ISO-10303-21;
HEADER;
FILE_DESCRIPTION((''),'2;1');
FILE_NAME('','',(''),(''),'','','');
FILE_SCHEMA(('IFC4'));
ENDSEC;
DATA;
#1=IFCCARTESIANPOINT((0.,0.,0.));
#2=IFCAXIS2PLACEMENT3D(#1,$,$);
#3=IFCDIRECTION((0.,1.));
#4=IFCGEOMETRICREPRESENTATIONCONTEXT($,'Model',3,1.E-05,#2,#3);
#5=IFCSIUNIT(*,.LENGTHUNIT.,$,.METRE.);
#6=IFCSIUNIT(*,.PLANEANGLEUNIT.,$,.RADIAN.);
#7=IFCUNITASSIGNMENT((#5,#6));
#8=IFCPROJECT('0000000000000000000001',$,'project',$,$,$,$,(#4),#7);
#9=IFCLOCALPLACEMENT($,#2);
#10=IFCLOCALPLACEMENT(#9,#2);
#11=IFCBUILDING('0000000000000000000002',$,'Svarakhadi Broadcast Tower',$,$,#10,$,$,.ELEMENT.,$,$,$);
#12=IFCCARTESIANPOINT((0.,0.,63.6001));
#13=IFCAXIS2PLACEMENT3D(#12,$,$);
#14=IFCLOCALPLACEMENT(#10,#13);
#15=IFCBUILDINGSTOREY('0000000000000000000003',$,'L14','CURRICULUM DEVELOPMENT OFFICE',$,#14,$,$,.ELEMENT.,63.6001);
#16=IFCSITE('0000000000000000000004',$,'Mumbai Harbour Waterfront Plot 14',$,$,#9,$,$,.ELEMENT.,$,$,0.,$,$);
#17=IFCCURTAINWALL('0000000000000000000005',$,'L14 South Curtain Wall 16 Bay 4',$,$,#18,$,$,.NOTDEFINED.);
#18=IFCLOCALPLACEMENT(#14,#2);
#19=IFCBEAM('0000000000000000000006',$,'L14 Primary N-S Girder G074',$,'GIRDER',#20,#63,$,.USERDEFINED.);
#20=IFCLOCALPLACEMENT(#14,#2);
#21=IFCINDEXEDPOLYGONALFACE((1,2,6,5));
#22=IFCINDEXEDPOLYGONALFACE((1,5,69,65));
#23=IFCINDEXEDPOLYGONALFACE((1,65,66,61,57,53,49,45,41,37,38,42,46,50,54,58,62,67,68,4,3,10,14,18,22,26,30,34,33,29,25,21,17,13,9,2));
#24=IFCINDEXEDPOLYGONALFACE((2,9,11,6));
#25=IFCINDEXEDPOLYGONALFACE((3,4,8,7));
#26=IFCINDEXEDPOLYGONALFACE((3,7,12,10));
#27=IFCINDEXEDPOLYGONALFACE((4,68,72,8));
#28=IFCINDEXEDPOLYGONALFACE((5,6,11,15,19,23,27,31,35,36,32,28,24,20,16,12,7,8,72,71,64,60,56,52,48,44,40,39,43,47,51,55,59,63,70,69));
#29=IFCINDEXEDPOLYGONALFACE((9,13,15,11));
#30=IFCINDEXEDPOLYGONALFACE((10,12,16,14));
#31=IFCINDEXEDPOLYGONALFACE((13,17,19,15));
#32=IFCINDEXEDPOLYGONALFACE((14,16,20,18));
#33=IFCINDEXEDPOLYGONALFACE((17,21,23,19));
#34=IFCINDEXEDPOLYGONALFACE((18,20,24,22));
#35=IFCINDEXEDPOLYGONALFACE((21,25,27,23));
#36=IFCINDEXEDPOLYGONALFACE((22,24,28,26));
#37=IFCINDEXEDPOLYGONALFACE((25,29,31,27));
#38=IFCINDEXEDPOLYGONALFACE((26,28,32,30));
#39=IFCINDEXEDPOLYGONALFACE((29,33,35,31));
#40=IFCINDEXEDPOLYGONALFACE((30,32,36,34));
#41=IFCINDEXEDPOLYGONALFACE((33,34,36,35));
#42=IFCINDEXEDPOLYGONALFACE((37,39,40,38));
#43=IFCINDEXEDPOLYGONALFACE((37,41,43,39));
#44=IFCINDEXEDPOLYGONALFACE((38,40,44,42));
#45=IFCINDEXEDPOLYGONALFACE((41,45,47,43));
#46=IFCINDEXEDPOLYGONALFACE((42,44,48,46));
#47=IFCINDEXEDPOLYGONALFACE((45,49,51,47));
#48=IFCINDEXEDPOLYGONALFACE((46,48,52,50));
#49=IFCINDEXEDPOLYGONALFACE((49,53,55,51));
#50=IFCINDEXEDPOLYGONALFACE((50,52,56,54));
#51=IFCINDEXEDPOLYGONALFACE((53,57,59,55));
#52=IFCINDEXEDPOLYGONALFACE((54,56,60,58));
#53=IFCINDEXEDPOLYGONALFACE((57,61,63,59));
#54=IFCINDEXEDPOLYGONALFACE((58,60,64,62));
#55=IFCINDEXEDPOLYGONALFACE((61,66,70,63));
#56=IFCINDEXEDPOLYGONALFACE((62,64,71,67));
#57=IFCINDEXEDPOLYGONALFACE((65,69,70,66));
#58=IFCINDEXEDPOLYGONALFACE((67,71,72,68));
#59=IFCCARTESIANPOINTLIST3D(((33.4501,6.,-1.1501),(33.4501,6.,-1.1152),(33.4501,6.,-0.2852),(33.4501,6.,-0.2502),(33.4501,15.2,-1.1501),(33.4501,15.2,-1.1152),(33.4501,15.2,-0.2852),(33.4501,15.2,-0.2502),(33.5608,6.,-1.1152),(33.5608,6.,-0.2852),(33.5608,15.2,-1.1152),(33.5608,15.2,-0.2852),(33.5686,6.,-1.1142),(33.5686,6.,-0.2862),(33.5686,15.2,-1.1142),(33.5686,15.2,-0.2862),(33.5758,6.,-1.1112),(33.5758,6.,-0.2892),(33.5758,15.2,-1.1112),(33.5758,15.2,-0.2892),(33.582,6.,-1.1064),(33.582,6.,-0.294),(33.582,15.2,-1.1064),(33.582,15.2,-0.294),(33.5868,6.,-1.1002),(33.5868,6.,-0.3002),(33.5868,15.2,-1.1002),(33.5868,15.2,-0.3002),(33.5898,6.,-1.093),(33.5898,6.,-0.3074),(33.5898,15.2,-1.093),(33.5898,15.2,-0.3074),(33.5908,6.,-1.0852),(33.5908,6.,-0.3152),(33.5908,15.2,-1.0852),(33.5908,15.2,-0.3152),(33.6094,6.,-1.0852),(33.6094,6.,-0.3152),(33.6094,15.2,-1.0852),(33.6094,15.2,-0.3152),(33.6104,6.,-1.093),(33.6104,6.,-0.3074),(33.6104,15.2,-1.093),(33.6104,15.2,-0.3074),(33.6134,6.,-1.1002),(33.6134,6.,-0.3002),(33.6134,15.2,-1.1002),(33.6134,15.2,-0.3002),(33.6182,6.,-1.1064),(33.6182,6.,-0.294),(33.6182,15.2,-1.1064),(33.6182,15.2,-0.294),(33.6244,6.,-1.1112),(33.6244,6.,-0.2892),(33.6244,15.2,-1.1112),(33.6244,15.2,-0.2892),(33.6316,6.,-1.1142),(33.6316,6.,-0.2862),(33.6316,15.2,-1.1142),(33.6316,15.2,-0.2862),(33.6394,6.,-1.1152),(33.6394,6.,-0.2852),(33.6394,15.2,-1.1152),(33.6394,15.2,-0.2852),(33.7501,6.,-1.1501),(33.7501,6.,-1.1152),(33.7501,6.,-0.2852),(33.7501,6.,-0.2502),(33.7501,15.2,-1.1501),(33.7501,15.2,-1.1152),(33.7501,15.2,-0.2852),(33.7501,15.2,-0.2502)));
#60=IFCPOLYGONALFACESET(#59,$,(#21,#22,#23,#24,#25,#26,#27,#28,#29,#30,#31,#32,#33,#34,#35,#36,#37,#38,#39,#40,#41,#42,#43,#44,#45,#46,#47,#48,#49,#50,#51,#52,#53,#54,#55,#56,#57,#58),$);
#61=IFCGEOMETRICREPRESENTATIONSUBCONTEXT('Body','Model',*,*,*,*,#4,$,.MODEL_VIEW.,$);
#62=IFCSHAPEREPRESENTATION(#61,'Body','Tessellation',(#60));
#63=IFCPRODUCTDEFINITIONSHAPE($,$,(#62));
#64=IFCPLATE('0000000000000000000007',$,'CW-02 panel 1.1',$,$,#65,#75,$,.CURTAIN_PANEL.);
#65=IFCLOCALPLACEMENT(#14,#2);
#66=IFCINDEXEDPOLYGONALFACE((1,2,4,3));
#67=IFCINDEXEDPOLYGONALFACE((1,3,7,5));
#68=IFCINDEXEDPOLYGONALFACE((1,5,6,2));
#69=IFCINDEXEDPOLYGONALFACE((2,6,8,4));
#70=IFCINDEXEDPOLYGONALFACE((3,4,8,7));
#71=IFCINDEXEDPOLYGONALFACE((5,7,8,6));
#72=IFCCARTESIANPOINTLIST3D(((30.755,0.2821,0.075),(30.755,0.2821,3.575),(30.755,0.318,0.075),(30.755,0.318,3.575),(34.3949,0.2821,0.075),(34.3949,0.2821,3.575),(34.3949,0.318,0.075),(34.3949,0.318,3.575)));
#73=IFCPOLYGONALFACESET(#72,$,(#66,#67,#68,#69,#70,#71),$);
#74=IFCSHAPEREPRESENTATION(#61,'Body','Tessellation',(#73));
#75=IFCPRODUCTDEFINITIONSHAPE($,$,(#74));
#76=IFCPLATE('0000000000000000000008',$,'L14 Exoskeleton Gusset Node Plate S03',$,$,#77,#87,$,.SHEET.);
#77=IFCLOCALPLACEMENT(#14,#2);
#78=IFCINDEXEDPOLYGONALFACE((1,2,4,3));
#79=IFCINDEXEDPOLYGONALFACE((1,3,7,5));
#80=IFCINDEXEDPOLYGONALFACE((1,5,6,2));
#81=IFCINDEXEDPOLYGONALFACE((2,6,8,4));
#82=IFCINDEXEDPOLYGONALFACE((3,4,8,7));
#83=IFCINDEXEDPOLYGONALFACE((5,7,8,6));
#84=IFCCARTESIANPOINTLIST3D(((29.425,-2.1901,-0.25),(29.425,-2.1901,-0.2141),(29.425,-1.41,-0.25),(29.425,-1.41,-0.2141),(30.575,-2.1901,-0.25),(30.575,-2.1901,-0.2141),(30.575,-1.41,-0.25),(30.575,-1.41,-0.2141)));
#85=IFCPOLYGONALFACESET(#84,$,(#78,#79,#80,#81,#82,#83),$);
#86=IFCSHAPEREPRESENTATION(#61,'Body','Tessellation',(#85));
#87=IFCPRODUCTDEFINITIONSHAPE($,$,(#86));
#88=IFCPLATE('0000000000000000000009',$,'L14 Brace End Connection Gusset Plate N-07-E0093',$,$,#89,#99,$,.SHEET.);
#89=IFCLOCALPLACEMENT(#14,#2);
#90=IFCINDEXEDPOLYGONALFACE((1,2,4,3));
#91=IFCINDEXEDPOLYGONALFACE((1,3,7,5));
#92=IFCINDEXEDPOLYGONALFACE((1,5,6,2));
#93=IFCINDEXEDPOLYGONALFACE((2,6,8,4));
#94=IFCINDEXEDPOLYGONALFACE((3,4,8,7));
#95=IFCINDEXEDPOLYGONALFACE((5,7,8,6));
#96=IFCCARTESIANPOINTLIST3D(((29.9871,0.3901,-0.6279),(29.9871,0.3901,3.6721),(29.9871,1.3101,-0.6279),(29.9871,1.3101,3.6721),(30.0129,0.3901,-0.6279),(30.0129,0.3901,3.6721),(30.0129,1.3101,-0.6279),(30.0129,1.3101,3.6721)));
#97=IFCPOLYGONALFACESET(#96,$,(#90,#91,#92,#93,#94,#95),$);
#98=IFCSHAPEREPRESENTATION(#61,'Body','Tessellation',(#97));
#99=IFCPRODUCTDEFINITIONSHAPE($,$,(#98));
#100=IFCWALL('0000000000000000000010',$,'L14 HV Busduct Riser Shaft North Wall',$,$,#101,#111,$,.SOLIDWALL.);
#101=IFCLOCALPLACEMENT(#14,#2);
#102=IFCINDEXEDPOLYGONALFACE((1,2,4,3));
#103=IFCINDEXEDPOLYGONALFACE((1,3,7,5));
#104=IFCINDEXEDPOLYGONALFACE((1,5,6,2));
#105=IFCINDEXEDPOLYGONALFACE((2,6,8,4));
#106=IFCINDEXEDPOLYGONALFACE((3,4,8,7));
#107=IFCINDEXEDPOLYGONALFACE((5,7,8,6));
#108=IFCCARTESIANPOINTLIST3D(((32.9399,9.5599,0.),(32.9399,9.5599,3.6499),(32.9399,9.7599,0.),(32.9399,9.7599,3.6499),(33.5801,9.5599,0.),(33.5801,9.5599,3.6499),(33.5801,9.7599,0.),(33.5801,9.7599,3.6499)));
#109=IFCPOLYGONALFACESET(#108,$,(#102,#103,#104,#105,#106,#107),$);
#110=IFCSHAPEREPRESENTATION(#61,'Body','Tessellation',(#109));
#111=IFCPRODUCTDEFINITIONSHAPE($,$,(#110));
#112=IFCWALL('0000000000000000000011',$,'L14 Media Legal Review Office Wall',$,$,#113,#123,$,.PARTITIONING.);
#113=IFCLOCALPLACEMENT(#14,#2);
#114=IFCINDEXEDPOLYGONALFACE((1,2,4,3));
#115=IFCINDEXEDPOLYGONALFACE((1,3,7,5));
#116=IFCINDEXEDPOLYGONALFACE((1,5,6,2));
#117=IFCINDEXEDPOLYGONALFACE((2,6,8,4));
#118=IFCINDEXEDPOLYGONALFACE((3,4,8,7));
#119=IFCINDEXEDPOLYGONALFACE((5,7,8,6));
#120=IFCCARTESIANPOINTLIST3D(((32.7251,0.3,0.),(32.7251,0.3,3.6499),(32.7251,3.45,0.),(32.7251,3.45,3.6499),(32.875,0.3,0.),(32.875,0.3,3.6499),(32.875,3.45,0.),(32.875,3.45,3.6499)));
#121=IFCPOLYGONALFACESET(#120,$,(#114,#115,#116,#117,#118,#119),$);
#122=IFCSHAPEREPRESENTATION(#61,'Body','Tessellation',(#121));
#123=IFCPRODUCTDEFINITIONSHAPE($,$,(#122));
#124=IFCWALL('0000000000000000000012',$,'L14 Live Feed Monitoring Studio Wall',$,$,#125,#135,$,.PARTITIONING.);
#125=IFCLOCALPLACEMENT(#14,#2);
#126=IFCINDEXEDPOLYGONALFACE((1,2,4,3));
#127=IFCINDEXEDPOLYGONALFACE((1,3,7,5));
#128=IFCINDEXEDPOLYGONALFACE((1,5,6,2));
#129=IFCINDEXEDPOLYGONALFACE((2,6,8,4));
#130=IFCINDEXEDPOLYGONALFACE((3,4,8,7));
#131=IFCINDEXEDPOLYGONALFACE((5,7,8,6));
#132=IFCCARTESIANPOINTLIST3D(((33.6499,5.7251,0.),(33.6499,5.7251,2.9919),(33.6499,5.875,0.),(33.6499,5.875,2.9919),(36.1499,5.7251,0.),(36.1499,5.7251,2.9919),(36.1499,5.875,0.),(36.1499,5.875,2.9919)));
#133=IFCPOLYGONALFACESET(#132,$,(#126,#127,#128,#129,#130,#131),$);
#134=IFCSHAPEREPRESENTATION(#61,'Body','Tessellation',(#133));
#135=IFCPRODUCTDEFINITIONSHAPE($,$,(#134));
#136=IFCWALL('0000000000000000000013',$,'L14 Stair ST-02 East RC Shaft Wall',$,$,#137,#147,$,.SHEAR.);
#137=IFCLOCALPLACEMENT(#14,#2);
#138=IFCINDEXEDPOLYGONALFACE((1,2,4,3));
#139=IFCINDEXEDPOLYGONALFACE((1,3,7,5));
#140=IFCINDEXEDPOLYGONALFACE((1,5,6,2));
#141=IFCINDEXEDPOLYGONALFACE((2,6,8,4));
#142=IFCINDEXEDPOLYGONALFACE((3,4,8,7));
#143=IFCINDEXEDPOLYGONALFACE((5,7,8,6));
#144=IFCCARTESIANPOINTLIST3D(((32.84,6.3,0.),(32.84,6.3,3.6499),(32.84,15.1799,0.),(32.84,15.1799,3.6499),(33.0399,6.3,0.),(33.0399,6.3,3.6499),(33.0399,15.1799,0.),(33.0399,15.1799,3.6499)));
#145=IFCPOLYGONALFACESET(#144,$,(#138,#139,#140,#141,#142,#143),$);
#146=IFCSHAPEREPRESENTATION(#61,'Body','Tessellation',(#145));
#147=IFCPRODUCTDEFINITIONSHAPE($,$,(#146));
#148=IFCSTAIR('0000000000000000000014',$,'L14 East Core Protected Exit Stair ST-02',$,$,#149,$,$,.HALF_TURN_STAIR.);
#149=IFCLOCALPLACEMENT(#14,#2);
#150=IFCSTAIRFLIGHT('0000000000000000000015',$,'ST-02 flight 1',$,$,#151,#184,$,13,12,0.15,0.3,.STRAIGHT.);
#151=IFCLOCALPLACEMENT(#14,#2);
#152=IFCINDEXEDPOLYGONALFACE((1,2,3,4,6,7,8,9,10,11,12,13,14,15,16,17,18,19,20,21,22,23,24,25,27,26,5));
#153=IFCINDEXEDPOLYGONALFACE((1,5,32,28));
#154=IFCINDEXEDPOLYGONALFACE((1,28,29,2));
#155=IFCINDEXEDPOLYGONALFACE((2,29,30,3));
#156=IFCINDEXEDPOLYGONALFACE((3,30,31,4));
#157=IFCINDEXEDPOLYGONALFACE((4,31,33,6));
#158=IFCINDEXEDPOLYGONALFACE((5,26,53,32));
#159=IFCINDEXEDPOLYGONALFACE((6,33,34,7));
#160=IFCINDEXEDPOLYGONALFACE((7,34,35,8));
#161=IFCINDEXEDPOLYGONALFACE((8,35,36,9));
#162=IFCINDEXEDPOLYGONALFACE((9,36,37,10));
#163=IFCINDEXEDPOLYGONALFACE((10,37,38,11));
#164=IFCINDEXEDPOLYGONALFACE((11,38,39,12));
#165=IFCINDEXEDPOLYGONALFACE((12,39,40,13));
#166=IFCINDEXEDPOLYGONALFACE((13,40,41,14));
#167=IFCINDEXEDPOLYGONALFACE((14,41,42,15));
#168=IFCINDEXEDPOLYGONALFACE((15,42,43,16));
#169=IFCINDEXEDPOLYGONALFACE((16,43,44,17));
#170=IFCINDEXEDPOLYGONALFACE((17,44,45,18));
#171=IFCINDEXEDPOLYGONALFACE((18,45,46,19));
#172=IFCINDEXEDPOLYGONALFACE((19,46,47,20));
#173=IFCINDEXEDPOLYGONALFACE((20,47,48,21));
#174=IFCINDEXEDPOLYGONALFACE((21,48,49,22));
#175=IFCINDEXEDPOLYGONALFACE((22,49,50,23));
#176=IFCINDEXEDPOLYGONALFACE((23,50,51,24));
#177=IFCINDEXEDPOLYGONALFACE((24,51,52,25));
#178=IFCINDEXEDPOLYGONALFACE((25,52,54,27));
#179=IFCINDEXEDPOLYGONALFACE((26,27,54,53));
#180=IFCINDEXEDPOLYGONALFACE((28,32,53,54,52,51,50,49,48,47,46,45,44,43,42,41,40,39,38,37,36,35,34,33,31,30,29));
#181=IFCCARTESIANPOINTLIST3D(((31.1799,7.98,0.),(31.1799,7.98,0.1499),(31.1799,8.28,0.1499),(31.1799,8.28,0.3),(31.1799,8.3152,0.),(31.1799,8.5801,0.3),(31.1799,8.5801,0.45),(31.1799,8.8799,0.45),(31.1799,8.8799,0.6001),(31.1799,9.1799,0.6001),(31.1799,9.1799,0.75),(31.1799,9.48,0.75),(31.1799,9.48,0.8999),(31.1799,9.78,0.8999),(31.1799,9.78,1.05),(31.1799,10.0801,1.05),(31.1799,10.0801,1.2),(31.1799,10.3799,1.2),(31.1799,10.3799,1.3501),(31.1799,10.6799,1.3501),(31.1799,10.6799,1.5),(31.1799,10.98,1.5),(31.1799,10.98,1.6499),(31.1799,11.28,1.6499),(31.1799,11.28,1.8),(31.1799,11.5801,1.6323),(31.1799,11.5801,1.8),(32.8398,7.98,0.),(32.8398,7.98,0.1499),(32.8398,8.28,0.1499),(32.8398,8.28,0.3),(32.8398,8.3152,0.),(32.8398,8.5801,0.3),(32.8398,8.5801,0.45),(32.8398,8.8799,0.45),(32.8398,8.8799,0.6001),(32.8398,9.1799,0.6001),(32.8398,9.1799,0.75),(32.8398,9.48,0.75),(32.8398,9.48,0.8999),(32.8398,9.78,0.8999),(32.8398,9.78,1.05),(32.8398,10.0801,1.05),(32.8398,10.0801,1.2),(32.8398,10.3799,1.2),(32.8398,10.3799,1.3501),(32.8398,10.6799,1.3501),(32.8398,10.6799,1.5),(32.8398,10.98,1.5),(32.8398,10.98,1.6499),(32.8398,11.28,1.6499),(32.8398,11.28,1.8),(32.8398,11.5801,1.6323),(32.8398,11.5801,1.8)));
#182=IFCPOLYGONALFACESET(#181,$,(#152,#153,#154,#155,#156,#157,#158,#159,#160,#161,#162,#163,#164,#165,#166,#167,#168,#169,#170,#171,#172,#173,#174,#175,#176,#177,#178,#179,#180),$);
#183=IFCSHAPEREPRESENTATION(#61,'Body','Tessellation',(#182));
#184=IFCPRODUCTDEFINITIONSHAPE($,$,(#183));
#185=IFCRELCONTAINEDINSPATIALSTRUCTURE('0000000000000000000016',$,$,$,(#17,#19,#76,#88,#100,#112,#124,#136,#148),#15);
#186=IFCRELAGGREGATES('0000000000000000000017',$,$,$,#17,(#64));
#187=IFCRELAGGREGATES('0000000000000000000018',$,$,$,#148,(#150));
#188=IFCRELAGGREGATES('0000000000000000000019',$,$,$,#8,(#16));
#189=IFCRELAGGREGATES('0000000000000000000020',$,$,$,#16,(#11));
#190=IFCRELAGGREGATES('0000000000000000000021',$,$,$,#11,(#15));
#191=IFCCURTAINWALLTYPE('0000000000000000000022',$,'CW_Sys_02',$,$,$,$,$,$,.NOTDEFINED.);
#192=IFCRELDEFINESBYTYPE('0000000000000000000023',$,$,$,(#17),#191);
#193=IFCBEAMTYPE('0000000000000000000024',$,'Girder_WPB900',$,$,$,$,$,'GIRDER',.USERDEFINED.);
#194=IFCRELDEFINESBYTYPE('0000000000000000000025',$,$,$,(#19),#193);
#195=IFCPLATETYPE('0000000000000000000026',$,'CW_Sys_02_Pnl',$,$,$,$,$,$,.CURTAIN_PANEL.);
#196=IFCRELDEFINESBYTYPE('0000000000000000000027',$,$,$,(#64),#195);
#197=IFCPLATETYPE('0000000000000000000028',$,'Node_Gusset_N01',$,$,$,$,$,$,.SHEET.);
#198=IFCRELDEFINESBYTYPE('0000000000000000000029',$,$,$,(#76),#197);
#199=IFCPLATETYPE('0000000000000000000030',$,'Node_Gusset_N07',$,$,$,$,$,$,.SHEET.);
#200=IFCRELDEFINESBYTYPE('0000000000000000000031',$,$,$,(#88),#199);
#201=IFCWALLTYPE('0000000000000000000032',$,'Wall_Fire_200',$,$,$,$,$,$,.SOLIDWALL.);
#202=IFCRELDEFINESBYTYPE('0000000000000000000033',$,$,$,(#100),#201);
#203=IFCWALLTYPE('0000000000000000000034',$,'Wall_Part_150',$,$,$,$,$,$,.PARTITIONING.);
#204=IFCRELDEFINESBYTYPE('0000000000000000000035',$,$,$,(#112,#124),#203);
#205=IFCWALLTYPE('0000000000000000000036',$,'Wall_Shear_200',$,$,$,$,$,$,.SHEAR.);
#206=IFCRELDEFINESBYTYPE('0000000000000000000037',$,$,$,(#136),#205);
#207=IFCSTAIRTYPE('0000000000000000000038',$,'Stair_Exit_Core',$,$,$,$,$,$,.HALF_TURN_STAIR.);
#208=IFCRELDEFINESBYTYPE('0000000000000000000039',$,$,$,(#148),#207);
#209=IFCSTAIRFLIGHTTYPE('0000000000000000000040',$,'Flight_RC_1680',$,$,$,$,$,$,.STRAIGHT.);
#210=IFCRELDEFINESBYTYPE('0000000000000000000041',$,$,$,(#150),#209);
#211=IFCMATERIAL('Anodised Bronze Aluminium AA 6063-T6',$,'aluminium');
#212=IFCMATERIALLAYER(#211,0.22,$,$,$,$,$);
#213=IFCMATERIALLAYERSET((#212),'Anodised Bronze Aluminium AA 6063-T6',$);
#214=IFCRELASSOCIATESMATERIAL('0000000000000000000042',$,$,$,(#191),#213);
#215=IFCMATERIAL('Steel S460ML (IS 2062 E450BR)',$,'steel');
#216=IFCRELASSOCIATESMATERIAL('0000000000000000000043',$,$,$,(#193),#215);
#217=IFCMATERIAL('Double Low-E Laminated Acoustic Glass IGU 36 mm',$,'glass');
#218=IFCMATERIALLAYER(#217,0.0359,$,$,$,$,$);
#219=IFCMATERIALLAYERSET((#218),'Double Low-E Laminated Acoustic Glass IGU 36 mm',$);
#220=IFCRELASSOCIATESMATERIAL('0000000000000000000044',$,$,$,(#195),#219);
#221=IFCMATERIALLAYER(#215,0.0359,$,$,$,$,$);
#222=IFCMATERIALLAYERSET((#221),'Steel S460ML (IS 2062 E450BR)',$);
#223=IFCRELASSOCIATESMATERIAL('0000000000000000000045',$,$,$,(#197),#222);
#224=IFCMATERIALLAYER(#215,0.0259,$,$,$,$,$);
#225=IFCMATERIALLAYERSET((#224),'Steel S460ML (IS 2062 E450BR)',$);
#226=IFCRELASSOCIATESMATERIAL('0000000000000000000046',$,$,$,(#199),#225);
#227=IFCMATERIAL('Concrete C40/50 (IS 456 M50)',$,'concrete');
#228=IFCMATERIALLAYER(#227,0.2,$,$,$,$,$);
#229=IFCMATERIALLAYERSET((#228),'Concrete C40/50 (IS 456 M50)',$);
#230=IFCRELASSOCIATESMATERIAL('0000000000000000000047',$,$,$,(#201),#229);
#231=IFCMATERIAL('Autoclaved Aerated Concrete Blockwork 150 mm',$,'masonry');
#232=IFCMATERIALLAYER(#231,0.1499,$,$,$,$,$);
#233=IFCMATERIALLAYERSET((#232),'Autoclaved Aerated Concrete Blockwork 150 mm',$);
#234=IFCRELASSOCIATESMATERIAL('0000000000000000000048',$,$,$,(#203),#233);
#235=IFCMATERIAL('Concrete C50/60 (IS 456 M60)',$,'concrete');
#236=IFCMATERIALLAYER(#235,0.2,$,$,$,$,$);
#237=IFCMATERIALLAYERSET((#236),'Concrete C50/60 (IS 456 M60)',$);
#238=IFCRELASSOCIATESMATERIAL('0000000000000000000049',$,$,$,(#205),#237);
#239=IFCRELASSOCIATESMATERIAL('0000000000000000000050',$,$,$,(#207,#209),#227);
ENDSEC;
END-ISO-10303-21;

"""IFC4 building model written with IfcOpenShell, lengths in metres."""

from ifc_helpers import new_model, si_unit, direction, frame, frame_2d, origin, origin_2d, place, context, subcontext, project, spatial, polyline, rectangle, i_section, outline, extrude, material, layer, layer_set, material_profile, profile_set, type_object, element, aggregate, save


model = new_model("IFC4")

# Units and contexts
model_context = context("Model", 3, precision=1e-05, world=origin(), true_north=direction((0.0, 1.0)))
body_context = subcontext(model_context, "Body", "Model", "MODEL_VIEW")
ifc_project = project(units=[si_unit("LENGTHUNIT", "METRE"), si_unit("PLANEANGLEUNIT", "RADIAN")], contexts=[model_context])

# Site, building, storey
site_placement = place(None, origin())
site = spatial("IfcSite", under=ifc_project, at=site_placement, Name="Mumbai Harbour Waterfront Plot 14", CompositionType="ELEMENT", RefElevation=0.0)
building_placement = place(site_placement, origin())
building = spatial("IfcBuilding", under=site, at=building_placement, Name="Svarakhadi Broadcast Tower", CompositionType="ELEMENT")
storey_placement = place(building_placement, frame((0.0, 0.0, 63.6001)))
storey = spatial("IfcBuildingStorey", under=building, at=storey_placement, Name="L14", Description="CURRICULUM DEVELOPMENT OFFICE", CompositionType="ELEMENT", Elevation=63.6001)

# Shared definitions
ifc_material_1 = material(Name="Steel S460ML (IS 2062 E450BR)", Category="steel")

# Curtain wall
ifc_material_2 = material(Name="Anodised Bronze Aluminium AA 6063-T6", Category="aluminium")
ifc_layer_1 = layer(ifc_material_2, 0.22)
ifc_layer_set_1 = layer_set([ifc_layer_1], Name="Anodised Bronze Aluminium AA 6063-T6")
curtain_wall_type = type_object("IfcCurtainWallType", Name="CW_Sys_02", PredefinedType="NOTDEFINED", material=ifc_layer_set_1)
curtain_wall_1_placement = place(storey_placement, origin())
curtain_wall_1 = element("IfcCurtainWall", 1, at=curtain_wall_1_placement, inside=storey, type_object=curtain_wall_type, Name="L14 South Curtain Wall 16 Bay 4", PredefinedType="NOTDEFINED")

# Beam
ifc_material_profile_1 = material_profile(ifc_material_1, i_section(OverallWidth=0.3, OverallDepth=0.8999, WebThickness=0.0186, FlangeThickness=0.0349, FilletRadius=0.03, at=origin_2d()), Name="WPB 900x300x291")
ifc_profile_set_1 = profile_set([ifc_material_profile_1], Name="Steel S460ML (IS 2062 E450BR)")
beam_type_1 = type_object("IfcBeamType", Name="Girder_WPB900", ElementType="GIRDER", PredefinedType="USERDEFINED", material=ifc_profile_set_1)
beam_1_placement = place(storey_placement, frame((33.6001, 6.0, -0.7002), z_axis=(0.0, 1.0, 0.0), x_axis=(-1.0, 0.0, 0.0)))
element("IfcBeam", 2, at=beam_1_placement, inside=storey, type_object=beam_type_1, Name="L14 Primary N-S Girder G074", ObjectType="GIRDER", PredefinedType="USERDEFINED", context=body_context, shape_type="SweptSolid", body=[
    extrude(i_section(OverallWidth=0.3, OverallDepth=0.8999, WebThickness=0.0186, FlangeThickness=0.0349, FilletRadius=0.03, at=origin_2d()), origin(), (0.0, 0.0, 1.0), 9.2),
])

# Plate
ifc_material_3 = material(Name="Double Low-E Laminated Acoustic Glass IGU 36 mm", Category="glass")
ifc_layer_2 = layer(ifc_material_3, 0.0359)
ifc_layer_set_2 = layer_set([ifc_layer_2], Name="Double Low-E Laminated Acoustic Glass IGU 36 mm")
plate_type_1 = type_object("IfcPlateType", Name="CW_Sys_02_Pnl", PredefinedType="CURTAIN_PANEL", material=ifc_layer_set_2)
plate_1_placement = place(storey_placement, frame((32.575, 0.3, 0.075), z_axis=(0.0, 0.0, 1.0), x_axis=(-1.0, 0.0, 0.0)))
plate_1 = element("IfcPlate", 3, at=plate_1_placement, type_object=plate_type_1, Name="CW-02 panel 1.1", PredefinedType="CURTAIN_PANEL", context=body_context, shape_type="SweptSolid", body=[
    extrude(rectangle(XDim=3.6399, YDim=0.0359, at=origin_2d()), origin(), (0.0, 0.0, 1.0), 3.5),
])
aggregate(curtain_wall_1, [plate_1])

# Plates
ifc_layer_3 = layer(ifc_material_1, 0.0359)
ifc_layer_set_3 = layer_set([ifc_layer_3], Name="Steel S460ML (IS 2062 E450BR)")
plate_type_2 = type_object("IfcPlateType", Name="Node_Gusset_N01", PredefinedType="SHEET", material=ifc_layer_set_3)
plate_2_placement = place(storey_placement, frame((30.0, -1.8, -0.25), z_axis=(0.0, 0.0, 1.0), x_axis=(1.0, 0.0, 0.0)))
element("IfcPlate", 4, at=plate_2_placement, inside=storey, type_object=plate_type_2, Name="L14 Exoskeleton Gusset Node Plate S03", PredefinedType="SHEET", context=body_context, shape_type="SweptSolid", body=[
    extrude(rectangle(XDim=1.1499, YDim=0.78, at=origin_2d()), origin(), (0.0, 0.0, 1.0), 0.0359),
])
ifc_layer_4 = layer(ifc_material_1, 0.0259)
ifc_layer_set_4 = layer_set([ifc_layer_4], Name="Steel S460ML (IS 2062 E450BR)")
plate_type_3 = type_object("IfcPlateType", Name="Node_Gusset_N07", PredefinedType="SHEET", material=ifc_layer_set_4)
plate_3_placement = place(storey_placement, frame((30.0, 0.8501, -0.6279), z_axis=(0.0, 0.0, 1.0), x_axis=(0.0, 1.0, 0.0)))
element("IfcPlate", 5, at=plate_3_placement, inside=storey, type_object=plate_type_3, Name="L14 Brace End Connection Gusset Plate N-07-E0093", PredefinedType="SHEET", context=body_context, shape_type="SweptSolid", body=[
    extrude(rectangle(XDim=0.9199, YDim=0.0259, at=origin_2d()), origin(), (0.0, 0.0, 1.0), 4.3),
])

# Walls
ifc_material_4 = material(Name="Concrete C40/50 (IS 456 M50)", Category="concrete")
ifc_layer_5 = layer(ifc_material_4, 0.2)
ifc_layer_set_5 = layer_set([ifc_layer_5], Name="Concrete C40/50 (IS 456 M50)")
wall_type_1 = type_object("IfcWallType", Name="Wall_Fire_200", PredefinedType="SOLIDWALL", material=ifc_layer_set_5)
wall_1_placement = place(storey_placement, frame((32.9399, 9.6599, 0.0), z_axis=(0.0, 0.0, 1.0), x_axis=(1.0, 0.0, 0.0)))
element("IfcWall", 6, at=wall_1_placement, inside=storey, type_object=wall_type_1, Name="L14 HV Busduct Riser Shaft North Wall", PredefinedType="SOLIDWALL", context=body_context, shape_type="SweptSolid", body=[
    extrude(rectangle(XDim=0.6401, YDim=0.2, at=frame_2d((0.3201, 0.0))), origin(), (0.0, 0.0, 1.0), 3.6499),
])
ifc_material_5 = material(Name="Autoclaved Aerated Concrete Blockwork 150 mm", Category="masonry")
ifc_layer_6 = layer(ifc_material_5, 0.1499)
ifc_layer_set_6 = layer_set([ifc_layer_6], Name="Autoclaved Aerated Concrete Blockwork 150 mm")
wall_type_2 = type_object("IfcWallType", Name="Wall_Part_150", PredefinedType="PARTITIONING", material=ifc_layer_set_6)
wall_2_placement = place(storey_placement, frame((32.8, 0.3, 0.0), z_axis=(0.0, 0.0, 1.0), x_axis=(0.0, 1.0, 0.0)))
element("IfcWall", 7, at=wall_2_placement, inside=storey, type_object=wall_type_2, Name="L14 Media Legal Review Office Wall", PredefinedType="PARTITIONING", context=body_context, shape_type="SweptSolid", body=[
    extrude(rectangle(XDim=3.1499, YDim=0.1499, at=frame_2d((1.575, 0.0))), origin(), (0.0, 0.0, 1.0), 3.6499),
])
wall_3_placement = place(storey_placement, frame((33.6499, 5.8, 0.0), z_axis=(0.0, 0.0, 1.0), x_axis=(1.0, 0.0, 0.0)))
element("IfcWall", 8, at=wall_3_placement, inside=storey, type_object=wall_type_2, Name="L14 Live Feed Monitoring Studio Wall", PredefinedType="PARTITIONING", context=body_context, shape_type="SweptSolid", body=[
    extrude(rectangle(XDim=2.5, YDim=0.1499, at=frame_2d((1.25, 0.0))), origin(), (0.0, 0.0, 1.0), 2.9919),
])
ifc_material_6 = material(Name="Concrete C50/60 (IS 456 M60)", Category="concrete")
ifc_layer_7 = layer(ifc_material_6, 0.2)
ifc_layer_set_7 = layer_set([ifc_layer_7], Name="Concrete C50/60 (IS 456 M60)")
wall_type_3 = type_object("IfcWallType", Name="Wall_Shear_200", PredefinedType="SHEAR", material=ifc_layer_set_7)
wall_4_placement = place(storey_placement, frame((32.9399, 6.3, 0.0), z_axis=(0.0, 0.0, 1.0), x_axis=(0.0, 1.0, 0.0)))
element("IfcWall", 9, at=wall_4_placement, inside=storey, type_object=wall_type_3, Name="L14 Stair ST-02 East RC Shaft Wall", PredefinedType="SHEAR", context=body_context, shape_type="SweptSolid", body=[
    extrude(rectangle(XDim=8.8799, YDim=0.2, at=frame_2d((4.4399, 0.0))), origin(), (0.0, 0.0, 1.0), 3.6499),
])

# Stair, stair flight
stair_type = type_object("IfcStairType", Name="Stair_Exit_Core", PredefinedType="HALF_TURN_STAIR", material=ifc_material_4)
stair_placement = place(storey_placement, origin())
stair = element("IfcStair", 10, at=stair_placement, inside=storey, type_object=stair_type, Name="L14 East Core Protected Exit Stair ST-02", PredefinedType="HALF_TURN_STAIR")
stair_flight_type = type_object("IfcStairFlightType", Name="Flight_RC_1680", PredefinedType="STRAIGHT", material=ifc_material_4)
stair_flight_1_placement = place(storey_placement, frame((32.01, 7.98, 0.0), z_axis=(0.0, 0.0, 1.0), x_axis=(0.0, 1.0, 0.0)))
stair_flight_1 = element("IfcStairFlight", 11, at=stair_flight_1_placement, type_object=stair_flight_type, Name="ST-02 flight 1", NumberOfRisers=13, NumberOfTreads=12, PredefinedType="STRAIGHT", RiserHeight=0.15, TreadLength=0.3, context=body_context, shape_type="SweptSolid", body=[
    extrude(outline(polyline([(0.0, 0.0), (0.0, 0.1499), (0.3, 0.1499), (0.3, 0.3), (0.6001, 0.3), (0.6001, 0.45), (0.8999, 0.45), (0.8999, 0.6001), (1.2, 0.6001), (1.2, 0.75), (1.5, 0.75), (1.5, 0.8999), (1.8, 0.8999), (1.8, 1.05), (2.1001, 1.05), (2.1001, 1.2), (2.3999, 1.2), (2.3999, 1.3501), (2.7, 1.3501), (2.7, 1.5), (3.0, 1.5), (3.0, 1.6499), (3.3, 1.6499), (3.3, 1.8), (3.6001, 1.8), (3.6001, 1.95), (3.6001, 1.6323), (0.3352, 0.0), (0.0, 0.0)])), frame((0.0, 0.8301, 0.0), z_axis=(0.0, -1.0, 0.0), x_axis=(1.0, 0.0, 0.0)), (0.0, 0.0, 1.0), 1.6599),
])
aggregate(stair, [stair_flight_1])

save(model, "model.ifc")
